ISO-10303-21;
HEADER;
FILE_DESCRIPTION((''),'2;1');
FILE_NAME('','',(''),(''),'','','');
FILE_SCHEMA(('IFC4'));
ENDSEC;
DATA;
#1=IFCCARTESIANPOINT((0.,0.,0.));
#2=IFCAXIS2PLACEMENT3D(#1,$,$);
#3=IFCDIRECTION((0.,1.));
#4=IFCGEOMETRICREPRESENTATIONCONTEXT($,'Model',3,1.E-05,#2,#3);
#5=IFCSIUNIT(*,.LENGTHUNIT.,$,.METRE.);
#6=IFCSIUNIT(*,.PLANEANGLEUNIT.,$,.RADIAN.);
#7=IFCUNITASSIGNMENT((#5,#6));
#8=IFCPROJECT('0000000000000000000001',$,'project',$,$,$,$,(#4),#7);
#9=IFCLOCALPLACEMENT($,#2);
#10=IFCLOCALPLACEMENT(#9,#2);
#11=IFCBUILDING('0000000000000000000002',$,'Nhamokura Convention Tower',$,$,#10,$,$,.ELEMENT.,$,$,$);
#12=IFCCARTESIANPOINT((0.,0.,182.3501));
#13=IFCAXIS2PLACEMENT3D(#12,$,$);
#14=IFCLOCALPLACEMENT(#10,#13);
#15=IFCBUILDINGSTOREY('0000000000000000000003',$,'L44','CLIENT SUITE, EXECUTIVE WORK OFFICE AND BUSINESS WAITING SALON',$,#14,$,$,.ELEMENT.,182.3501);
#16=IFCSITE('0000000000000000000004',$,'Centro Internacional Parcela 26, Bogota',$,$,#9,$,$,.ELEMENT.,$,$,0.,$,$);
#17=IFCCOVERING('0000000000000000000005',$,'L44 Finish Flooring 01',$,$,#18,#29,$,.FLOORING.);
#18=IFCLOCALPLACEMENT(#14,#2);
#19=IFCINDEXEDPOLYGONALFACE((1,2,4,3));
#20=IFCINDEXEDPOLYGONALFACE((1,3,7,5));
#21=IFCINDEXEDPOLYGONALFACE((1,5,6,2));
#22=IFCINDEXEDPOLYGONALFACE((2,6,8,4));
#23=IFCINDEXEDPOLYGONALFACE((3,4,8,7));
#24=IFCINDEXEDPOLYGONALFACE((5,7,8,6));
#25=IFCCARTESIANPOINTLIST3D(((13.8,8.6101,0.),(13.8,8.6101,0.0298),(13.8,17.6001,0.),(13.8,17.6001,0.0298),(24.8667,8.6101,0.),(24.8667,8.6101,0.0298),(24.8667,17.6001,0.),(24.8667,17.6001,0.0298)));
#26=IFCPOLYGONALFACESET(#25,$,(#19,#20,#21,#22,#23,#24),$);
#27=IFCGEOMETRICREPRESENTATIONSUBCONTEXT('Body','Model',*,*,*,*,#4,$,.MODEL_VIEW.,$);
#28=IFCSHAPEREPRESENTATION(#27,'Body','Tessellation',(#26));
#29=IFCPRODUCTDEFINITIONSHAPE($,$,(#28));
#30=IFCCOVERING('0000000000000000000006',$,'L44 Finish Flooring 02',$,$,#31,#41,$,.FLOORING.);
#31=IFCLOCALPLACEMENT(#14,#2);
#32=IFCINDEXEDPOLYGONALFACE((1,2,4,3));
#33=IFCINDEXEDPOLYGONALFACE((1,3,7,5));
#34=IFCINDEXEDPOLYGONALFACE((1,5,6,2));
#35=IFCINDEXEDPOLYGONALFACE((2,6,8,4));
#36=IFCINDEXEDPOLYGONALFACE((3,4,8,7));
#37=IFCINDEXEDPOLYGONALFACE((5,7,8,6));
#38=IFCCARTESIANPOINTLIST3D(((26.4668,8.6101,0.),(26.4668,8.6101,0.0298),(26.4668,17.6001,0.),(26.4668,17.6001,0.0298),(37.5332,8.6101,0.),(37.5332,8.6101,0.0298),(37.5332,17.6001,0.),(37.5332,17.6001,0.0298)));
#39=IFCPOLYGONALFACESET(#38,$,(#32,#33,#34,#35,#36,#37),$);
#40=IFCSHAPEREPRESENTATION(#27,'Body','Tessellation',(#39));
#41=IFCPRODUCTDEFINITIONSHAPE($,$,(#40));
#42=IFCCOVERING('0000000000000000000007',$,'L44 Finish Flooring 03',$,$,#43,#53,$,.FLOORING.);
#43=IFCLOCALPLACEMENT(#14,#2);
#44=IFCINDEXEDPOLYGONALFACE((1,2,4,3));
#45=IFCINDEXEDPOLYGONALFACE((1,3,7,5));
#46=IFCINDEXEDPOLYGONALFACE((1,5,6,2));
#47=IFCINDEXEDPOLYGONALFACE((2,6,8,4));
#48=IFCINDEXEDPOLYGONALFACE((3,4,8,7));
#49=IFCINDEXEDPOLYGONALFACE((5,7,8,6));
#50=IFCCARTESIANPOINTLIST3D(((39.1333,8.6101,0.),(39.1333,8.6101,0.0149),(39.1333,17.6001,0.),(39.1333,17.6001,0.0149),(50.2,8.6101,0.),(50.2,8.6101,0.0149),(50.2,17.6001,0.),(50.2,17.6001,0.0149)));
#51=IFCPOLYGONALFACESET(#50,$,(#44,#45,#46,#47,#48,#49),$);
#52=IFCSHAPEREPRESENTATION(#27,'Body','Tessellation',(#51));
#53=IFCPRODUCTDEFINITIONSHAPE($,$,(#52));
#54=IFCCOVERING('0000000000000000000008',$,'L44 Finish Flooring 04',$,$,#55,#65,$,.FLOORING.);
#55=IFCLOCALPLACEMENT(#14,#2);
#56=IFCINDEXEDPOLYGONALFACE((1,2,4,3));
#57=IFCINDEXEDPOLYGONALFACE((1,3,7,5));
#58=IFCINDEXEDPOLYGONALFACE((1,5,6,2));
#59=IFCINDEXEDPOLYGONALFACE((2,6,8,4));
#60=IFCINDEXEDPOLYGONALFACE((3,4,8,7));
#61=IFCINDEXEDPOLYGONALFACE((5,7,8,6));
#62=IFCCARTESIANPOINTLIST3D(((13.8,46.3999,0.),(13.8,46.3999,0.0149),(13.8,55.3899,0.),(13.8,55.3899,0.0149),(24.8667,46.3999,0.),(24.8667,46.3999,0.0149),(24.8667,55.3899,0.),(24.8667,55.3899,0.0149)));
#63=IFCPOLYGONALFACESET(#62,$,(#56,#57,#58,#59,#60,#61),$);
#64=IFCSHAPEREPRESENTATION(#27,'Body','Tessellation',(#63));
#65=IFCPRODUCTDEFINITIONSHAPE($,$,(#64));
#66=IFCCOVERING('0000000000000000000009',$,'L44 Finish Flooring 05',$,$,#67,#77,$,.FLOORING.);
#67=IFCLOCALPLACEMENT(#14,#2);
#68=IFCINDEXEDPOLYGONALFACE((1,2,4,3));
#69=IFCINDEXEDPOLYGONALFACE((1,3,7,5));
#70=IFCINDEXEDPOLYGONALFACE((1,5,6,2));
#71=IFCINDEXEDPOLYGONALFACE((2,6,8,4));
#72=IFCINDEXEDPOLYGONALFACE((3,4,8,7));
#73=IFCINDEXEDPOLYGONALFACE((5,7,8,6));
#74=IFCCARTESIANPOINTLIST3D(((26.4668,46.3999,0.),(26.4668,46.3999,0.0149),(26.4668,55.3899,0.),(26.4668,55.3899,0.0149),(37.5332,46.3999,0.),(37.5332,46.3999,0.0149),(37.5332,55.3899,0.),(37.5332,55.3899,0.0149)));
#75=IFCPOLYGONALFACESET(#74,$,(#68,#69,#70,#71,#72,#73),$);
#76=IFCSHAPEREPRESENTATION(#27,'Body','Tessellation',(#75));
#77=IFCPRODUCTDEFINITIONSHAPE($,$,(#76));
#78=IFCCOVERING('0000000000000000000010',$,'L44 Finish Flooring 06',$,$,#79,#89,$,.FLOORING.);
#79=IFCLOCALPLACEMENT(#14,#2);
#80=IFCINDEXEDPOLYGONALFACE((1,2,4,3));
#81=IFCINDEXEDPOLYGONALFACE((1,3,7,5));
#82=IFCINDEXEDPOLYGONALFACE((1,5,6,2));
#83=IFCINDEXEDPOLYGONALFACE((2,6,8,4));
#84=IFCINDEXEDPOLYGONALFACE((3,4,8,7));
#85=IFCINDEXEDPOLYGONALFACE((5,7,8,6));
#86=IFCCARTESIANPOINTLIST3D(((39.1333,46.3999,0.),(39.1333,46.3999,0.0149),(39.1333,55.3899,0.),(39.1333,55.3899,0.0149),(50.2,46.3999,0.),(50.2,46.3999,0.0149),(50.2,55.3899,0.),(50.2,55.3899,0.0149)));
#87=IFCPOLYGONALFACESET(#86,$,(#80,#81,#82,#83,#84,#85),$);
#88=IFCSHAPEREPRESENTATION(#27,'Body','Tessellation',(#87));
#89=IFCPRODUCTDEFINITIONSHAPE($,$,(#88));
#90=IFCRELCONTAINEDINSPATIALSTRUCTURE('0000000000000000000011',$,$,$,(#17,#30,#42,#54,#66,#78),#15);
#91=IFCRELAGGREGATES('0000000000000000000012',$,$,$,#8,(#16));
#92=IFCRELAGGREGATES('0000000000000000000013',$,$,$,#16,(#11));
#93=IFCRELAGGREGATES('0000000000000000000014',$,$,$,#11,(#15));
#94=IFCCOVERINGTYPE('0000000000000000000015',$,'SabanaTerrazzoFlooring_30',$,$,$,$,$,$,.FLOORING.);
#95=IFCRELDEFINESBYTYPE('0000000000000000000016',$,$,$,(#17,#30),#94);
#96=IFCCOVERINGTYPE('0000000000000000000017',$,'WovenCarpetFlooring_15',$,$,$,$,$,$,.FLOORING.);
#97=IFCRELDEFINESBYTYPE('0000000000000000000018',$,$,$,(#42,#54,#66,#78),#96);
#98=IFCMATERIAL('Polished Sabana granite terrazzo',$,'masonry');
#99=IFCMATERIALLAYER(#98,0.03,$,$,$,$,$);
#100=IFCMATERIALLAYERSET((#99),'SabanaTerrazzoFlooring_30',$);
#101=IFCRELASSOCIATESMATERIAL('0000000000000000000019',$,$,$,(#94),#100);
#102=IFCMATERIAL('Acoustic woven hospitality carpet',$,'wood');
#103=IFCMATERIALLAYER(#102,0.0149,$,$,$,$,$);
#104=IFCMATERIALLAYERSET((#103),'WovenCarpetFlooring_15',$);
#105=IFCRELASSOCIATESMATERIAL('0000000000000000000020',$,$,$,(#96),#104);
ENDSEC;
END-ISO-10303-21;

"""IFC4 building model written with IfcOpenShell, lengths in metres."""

from ifc_helpers import new_model, si_unit, direction, frame, origin, place, context, subcontext, project, spatial, polyline, outline, extrude, material, layer, layer_set, type_object, element, save


model = new_model("IFC4")

# Units and contexts
model_context = context("Model", 3, precision=1e-05, world=origin(), true_north=direction((0.0, 1.0)))
body_context = subcontext(model_context, "Body", "Model", "MODEL_VIEW")
ifc_project = project(units=[si_unit("LENGTHUNIT", "METRE"), si_unit("PLANEANGLEUNIT", "RADIAN")], contexts=[model_context])

# Site, building, storey
site_placement = place(None, origin())
site = spatial("IfcSite", under=ifc_project, at=site_placement, Name="Centro Internacional Parcela 26, Bogota", CompositionType="ELEMENT", RefElevation=0.0)
building_placement = place(site_placement, origin())
building = spatial("IfcBuilding", under=site, at=building_placement, Name="Nhamokura Convention Tower", CompositionType="ELEMENT")
storey_placement = place(building_placement, frame((0.0, 0.0, 182.3501)))
storey = spatial("IfcBuildingStorey", under=building, at=storey_placement, Name="L44", Description="CLIENT SUITE, EXECUTIVE WORK OFFICE AND BUSINESS WAITING SALON", CompositionType="ELEMENT", Elevation=182.3501)

# Coverings
ifc_material_1 = material(Name="Polished Sabana granite terrazzo", Category="masonry")
ifc_layer_1 = layer(ifc_material_1, 0.03)
ifc_layer_set_1 = layer_set([ifc_layer_1], Name="SabanaTerrazzoFlooring_30")
covering_type_1 = type_object("IfcCoveringType", Name="SabanaTerrazzoFlooring_30", PredefinedType="FLOORING", material=ifc_layer_set_1)
covering_1_placement = place(storey_placement, origin())
element("IfcCovering", 1, at=covering_1_placement, inside=storey, type_object=covering_type_1, Name="L44 Finish Flooring 01", PredefinedType="FLOORING", context=body_context, shape_type="SweptSolid", body=[
    extrude(outline(polyline([(13.8, 8.6101), (24.8667, 8.6101), (24.8667, 17.6001), (13.8, 17.6001), (13.8, 8.6101)])), origin(), (0.0, 0.0, 1.0), 0.0298),
])
covering_2_placement = place(storey_placement, origin())
element("IfcCovering", 2, at=covering_2_placement, inside=storey, type_object=covering_type_1, Name="L44 Finish Flooring 02", PredefinedType="FLOORING", context=body_context, shape_type="SweptSolid", body=[
    extrude(outline(polyline([(26.4668, 8.6101), (37.5332, 8.6101), (37.5332, 17.6001), (26.4668, 17.6001), (26.4668, 8.6101)])), origin(), (0.0, 0.0, 1.0), 0.0298),
])
ifc_material_2 = material(Name="Acoustic woven hospitality carpet", Category="wood")
ifc_layer_2 = layer(ifc_material_2, 0.0149)
ifc_layer_set_2 = layer_set([ifc_layer_2], Name="WovenCarpetFlooring_15")
covering_type_2 = type_object("IfcCoveringType", Name="WovenCarpetFlooring_15", PredefinedType="FLOORING", material=ifc_layer_set_2)
covering_3_placement = place(storey_placement, origin())
element("IfcCovering", 3, at=covering_3_placement, inside=storey, type_object=covering_type_2, Name="L44 Finish Flooring 03", PredefinedType="FLOORING", context=body_context, shape_type="SweptSolid", body=[
    extrude(outline(polyline([(39.1333, 8.6101), (50.2, 8.6101), (50.2, 17.6001), (39.1333, 17.6001), (39.1333, 8.6101)])), origin(), (0.0, 0.0, 1.0), 0.0149),
])
covering_4_placement = place(storey_placement, origin())
element("IfcCovering", 4, at=covering_4_placement, inside=storey, type_object=covering_type_2, Name="L44 Finish Flooring 04", PredefinedType="FLOORING", context=body_context, shape_type="SweptSolid", body=[
    extrude(outline(polyline([(13.8, 46.3999), (24.8667, 46.3999), (24.8667, 55.3899), (13.8, 55.3899), (13.8, 46.3999)])), origin(), (0.0, 0.0, 1.0), 0.0149),
])
covering_5_placement = place(storey_placement, origin())
element("IfcCovering", 5, at=covering_5_placement, inside=storey, type_object=covering_type_2, Name="L44 Finish Flooring 05", PredefinedType="FLOORING", context=body_context, shape_type="SweptSolid", body=[
    extrude(outline(polyline([(26.4668, 46.3999), (37.5332, 46.3999), (37.5332, 55.3899), (26.4668, 55.3899), (26.4668, 46.3999)])), origin(), (0.0, 0.0, 1.0), 0.0149),
])
covering_6_placement = place(storey_placement, origin())
element("IfcCovering", 6, at=covering_6_placement, inside=storey, type_object=covering_type_2, Name="L44 Finish Flooring 06", PredefinedType="FLOORING", context=body_context, shape_type="SweptSolid", body=[
    extrude(outline(polyline([(39.1333, 46.3999), (50.2, 46.3999), (50.2, 55.3899), (39.1333, 55.3899), (39.1333, 46.3999)])), origin(), (0.0, 0.0, 1.0), 0.0149),
])

save(model, "model.ifc")
